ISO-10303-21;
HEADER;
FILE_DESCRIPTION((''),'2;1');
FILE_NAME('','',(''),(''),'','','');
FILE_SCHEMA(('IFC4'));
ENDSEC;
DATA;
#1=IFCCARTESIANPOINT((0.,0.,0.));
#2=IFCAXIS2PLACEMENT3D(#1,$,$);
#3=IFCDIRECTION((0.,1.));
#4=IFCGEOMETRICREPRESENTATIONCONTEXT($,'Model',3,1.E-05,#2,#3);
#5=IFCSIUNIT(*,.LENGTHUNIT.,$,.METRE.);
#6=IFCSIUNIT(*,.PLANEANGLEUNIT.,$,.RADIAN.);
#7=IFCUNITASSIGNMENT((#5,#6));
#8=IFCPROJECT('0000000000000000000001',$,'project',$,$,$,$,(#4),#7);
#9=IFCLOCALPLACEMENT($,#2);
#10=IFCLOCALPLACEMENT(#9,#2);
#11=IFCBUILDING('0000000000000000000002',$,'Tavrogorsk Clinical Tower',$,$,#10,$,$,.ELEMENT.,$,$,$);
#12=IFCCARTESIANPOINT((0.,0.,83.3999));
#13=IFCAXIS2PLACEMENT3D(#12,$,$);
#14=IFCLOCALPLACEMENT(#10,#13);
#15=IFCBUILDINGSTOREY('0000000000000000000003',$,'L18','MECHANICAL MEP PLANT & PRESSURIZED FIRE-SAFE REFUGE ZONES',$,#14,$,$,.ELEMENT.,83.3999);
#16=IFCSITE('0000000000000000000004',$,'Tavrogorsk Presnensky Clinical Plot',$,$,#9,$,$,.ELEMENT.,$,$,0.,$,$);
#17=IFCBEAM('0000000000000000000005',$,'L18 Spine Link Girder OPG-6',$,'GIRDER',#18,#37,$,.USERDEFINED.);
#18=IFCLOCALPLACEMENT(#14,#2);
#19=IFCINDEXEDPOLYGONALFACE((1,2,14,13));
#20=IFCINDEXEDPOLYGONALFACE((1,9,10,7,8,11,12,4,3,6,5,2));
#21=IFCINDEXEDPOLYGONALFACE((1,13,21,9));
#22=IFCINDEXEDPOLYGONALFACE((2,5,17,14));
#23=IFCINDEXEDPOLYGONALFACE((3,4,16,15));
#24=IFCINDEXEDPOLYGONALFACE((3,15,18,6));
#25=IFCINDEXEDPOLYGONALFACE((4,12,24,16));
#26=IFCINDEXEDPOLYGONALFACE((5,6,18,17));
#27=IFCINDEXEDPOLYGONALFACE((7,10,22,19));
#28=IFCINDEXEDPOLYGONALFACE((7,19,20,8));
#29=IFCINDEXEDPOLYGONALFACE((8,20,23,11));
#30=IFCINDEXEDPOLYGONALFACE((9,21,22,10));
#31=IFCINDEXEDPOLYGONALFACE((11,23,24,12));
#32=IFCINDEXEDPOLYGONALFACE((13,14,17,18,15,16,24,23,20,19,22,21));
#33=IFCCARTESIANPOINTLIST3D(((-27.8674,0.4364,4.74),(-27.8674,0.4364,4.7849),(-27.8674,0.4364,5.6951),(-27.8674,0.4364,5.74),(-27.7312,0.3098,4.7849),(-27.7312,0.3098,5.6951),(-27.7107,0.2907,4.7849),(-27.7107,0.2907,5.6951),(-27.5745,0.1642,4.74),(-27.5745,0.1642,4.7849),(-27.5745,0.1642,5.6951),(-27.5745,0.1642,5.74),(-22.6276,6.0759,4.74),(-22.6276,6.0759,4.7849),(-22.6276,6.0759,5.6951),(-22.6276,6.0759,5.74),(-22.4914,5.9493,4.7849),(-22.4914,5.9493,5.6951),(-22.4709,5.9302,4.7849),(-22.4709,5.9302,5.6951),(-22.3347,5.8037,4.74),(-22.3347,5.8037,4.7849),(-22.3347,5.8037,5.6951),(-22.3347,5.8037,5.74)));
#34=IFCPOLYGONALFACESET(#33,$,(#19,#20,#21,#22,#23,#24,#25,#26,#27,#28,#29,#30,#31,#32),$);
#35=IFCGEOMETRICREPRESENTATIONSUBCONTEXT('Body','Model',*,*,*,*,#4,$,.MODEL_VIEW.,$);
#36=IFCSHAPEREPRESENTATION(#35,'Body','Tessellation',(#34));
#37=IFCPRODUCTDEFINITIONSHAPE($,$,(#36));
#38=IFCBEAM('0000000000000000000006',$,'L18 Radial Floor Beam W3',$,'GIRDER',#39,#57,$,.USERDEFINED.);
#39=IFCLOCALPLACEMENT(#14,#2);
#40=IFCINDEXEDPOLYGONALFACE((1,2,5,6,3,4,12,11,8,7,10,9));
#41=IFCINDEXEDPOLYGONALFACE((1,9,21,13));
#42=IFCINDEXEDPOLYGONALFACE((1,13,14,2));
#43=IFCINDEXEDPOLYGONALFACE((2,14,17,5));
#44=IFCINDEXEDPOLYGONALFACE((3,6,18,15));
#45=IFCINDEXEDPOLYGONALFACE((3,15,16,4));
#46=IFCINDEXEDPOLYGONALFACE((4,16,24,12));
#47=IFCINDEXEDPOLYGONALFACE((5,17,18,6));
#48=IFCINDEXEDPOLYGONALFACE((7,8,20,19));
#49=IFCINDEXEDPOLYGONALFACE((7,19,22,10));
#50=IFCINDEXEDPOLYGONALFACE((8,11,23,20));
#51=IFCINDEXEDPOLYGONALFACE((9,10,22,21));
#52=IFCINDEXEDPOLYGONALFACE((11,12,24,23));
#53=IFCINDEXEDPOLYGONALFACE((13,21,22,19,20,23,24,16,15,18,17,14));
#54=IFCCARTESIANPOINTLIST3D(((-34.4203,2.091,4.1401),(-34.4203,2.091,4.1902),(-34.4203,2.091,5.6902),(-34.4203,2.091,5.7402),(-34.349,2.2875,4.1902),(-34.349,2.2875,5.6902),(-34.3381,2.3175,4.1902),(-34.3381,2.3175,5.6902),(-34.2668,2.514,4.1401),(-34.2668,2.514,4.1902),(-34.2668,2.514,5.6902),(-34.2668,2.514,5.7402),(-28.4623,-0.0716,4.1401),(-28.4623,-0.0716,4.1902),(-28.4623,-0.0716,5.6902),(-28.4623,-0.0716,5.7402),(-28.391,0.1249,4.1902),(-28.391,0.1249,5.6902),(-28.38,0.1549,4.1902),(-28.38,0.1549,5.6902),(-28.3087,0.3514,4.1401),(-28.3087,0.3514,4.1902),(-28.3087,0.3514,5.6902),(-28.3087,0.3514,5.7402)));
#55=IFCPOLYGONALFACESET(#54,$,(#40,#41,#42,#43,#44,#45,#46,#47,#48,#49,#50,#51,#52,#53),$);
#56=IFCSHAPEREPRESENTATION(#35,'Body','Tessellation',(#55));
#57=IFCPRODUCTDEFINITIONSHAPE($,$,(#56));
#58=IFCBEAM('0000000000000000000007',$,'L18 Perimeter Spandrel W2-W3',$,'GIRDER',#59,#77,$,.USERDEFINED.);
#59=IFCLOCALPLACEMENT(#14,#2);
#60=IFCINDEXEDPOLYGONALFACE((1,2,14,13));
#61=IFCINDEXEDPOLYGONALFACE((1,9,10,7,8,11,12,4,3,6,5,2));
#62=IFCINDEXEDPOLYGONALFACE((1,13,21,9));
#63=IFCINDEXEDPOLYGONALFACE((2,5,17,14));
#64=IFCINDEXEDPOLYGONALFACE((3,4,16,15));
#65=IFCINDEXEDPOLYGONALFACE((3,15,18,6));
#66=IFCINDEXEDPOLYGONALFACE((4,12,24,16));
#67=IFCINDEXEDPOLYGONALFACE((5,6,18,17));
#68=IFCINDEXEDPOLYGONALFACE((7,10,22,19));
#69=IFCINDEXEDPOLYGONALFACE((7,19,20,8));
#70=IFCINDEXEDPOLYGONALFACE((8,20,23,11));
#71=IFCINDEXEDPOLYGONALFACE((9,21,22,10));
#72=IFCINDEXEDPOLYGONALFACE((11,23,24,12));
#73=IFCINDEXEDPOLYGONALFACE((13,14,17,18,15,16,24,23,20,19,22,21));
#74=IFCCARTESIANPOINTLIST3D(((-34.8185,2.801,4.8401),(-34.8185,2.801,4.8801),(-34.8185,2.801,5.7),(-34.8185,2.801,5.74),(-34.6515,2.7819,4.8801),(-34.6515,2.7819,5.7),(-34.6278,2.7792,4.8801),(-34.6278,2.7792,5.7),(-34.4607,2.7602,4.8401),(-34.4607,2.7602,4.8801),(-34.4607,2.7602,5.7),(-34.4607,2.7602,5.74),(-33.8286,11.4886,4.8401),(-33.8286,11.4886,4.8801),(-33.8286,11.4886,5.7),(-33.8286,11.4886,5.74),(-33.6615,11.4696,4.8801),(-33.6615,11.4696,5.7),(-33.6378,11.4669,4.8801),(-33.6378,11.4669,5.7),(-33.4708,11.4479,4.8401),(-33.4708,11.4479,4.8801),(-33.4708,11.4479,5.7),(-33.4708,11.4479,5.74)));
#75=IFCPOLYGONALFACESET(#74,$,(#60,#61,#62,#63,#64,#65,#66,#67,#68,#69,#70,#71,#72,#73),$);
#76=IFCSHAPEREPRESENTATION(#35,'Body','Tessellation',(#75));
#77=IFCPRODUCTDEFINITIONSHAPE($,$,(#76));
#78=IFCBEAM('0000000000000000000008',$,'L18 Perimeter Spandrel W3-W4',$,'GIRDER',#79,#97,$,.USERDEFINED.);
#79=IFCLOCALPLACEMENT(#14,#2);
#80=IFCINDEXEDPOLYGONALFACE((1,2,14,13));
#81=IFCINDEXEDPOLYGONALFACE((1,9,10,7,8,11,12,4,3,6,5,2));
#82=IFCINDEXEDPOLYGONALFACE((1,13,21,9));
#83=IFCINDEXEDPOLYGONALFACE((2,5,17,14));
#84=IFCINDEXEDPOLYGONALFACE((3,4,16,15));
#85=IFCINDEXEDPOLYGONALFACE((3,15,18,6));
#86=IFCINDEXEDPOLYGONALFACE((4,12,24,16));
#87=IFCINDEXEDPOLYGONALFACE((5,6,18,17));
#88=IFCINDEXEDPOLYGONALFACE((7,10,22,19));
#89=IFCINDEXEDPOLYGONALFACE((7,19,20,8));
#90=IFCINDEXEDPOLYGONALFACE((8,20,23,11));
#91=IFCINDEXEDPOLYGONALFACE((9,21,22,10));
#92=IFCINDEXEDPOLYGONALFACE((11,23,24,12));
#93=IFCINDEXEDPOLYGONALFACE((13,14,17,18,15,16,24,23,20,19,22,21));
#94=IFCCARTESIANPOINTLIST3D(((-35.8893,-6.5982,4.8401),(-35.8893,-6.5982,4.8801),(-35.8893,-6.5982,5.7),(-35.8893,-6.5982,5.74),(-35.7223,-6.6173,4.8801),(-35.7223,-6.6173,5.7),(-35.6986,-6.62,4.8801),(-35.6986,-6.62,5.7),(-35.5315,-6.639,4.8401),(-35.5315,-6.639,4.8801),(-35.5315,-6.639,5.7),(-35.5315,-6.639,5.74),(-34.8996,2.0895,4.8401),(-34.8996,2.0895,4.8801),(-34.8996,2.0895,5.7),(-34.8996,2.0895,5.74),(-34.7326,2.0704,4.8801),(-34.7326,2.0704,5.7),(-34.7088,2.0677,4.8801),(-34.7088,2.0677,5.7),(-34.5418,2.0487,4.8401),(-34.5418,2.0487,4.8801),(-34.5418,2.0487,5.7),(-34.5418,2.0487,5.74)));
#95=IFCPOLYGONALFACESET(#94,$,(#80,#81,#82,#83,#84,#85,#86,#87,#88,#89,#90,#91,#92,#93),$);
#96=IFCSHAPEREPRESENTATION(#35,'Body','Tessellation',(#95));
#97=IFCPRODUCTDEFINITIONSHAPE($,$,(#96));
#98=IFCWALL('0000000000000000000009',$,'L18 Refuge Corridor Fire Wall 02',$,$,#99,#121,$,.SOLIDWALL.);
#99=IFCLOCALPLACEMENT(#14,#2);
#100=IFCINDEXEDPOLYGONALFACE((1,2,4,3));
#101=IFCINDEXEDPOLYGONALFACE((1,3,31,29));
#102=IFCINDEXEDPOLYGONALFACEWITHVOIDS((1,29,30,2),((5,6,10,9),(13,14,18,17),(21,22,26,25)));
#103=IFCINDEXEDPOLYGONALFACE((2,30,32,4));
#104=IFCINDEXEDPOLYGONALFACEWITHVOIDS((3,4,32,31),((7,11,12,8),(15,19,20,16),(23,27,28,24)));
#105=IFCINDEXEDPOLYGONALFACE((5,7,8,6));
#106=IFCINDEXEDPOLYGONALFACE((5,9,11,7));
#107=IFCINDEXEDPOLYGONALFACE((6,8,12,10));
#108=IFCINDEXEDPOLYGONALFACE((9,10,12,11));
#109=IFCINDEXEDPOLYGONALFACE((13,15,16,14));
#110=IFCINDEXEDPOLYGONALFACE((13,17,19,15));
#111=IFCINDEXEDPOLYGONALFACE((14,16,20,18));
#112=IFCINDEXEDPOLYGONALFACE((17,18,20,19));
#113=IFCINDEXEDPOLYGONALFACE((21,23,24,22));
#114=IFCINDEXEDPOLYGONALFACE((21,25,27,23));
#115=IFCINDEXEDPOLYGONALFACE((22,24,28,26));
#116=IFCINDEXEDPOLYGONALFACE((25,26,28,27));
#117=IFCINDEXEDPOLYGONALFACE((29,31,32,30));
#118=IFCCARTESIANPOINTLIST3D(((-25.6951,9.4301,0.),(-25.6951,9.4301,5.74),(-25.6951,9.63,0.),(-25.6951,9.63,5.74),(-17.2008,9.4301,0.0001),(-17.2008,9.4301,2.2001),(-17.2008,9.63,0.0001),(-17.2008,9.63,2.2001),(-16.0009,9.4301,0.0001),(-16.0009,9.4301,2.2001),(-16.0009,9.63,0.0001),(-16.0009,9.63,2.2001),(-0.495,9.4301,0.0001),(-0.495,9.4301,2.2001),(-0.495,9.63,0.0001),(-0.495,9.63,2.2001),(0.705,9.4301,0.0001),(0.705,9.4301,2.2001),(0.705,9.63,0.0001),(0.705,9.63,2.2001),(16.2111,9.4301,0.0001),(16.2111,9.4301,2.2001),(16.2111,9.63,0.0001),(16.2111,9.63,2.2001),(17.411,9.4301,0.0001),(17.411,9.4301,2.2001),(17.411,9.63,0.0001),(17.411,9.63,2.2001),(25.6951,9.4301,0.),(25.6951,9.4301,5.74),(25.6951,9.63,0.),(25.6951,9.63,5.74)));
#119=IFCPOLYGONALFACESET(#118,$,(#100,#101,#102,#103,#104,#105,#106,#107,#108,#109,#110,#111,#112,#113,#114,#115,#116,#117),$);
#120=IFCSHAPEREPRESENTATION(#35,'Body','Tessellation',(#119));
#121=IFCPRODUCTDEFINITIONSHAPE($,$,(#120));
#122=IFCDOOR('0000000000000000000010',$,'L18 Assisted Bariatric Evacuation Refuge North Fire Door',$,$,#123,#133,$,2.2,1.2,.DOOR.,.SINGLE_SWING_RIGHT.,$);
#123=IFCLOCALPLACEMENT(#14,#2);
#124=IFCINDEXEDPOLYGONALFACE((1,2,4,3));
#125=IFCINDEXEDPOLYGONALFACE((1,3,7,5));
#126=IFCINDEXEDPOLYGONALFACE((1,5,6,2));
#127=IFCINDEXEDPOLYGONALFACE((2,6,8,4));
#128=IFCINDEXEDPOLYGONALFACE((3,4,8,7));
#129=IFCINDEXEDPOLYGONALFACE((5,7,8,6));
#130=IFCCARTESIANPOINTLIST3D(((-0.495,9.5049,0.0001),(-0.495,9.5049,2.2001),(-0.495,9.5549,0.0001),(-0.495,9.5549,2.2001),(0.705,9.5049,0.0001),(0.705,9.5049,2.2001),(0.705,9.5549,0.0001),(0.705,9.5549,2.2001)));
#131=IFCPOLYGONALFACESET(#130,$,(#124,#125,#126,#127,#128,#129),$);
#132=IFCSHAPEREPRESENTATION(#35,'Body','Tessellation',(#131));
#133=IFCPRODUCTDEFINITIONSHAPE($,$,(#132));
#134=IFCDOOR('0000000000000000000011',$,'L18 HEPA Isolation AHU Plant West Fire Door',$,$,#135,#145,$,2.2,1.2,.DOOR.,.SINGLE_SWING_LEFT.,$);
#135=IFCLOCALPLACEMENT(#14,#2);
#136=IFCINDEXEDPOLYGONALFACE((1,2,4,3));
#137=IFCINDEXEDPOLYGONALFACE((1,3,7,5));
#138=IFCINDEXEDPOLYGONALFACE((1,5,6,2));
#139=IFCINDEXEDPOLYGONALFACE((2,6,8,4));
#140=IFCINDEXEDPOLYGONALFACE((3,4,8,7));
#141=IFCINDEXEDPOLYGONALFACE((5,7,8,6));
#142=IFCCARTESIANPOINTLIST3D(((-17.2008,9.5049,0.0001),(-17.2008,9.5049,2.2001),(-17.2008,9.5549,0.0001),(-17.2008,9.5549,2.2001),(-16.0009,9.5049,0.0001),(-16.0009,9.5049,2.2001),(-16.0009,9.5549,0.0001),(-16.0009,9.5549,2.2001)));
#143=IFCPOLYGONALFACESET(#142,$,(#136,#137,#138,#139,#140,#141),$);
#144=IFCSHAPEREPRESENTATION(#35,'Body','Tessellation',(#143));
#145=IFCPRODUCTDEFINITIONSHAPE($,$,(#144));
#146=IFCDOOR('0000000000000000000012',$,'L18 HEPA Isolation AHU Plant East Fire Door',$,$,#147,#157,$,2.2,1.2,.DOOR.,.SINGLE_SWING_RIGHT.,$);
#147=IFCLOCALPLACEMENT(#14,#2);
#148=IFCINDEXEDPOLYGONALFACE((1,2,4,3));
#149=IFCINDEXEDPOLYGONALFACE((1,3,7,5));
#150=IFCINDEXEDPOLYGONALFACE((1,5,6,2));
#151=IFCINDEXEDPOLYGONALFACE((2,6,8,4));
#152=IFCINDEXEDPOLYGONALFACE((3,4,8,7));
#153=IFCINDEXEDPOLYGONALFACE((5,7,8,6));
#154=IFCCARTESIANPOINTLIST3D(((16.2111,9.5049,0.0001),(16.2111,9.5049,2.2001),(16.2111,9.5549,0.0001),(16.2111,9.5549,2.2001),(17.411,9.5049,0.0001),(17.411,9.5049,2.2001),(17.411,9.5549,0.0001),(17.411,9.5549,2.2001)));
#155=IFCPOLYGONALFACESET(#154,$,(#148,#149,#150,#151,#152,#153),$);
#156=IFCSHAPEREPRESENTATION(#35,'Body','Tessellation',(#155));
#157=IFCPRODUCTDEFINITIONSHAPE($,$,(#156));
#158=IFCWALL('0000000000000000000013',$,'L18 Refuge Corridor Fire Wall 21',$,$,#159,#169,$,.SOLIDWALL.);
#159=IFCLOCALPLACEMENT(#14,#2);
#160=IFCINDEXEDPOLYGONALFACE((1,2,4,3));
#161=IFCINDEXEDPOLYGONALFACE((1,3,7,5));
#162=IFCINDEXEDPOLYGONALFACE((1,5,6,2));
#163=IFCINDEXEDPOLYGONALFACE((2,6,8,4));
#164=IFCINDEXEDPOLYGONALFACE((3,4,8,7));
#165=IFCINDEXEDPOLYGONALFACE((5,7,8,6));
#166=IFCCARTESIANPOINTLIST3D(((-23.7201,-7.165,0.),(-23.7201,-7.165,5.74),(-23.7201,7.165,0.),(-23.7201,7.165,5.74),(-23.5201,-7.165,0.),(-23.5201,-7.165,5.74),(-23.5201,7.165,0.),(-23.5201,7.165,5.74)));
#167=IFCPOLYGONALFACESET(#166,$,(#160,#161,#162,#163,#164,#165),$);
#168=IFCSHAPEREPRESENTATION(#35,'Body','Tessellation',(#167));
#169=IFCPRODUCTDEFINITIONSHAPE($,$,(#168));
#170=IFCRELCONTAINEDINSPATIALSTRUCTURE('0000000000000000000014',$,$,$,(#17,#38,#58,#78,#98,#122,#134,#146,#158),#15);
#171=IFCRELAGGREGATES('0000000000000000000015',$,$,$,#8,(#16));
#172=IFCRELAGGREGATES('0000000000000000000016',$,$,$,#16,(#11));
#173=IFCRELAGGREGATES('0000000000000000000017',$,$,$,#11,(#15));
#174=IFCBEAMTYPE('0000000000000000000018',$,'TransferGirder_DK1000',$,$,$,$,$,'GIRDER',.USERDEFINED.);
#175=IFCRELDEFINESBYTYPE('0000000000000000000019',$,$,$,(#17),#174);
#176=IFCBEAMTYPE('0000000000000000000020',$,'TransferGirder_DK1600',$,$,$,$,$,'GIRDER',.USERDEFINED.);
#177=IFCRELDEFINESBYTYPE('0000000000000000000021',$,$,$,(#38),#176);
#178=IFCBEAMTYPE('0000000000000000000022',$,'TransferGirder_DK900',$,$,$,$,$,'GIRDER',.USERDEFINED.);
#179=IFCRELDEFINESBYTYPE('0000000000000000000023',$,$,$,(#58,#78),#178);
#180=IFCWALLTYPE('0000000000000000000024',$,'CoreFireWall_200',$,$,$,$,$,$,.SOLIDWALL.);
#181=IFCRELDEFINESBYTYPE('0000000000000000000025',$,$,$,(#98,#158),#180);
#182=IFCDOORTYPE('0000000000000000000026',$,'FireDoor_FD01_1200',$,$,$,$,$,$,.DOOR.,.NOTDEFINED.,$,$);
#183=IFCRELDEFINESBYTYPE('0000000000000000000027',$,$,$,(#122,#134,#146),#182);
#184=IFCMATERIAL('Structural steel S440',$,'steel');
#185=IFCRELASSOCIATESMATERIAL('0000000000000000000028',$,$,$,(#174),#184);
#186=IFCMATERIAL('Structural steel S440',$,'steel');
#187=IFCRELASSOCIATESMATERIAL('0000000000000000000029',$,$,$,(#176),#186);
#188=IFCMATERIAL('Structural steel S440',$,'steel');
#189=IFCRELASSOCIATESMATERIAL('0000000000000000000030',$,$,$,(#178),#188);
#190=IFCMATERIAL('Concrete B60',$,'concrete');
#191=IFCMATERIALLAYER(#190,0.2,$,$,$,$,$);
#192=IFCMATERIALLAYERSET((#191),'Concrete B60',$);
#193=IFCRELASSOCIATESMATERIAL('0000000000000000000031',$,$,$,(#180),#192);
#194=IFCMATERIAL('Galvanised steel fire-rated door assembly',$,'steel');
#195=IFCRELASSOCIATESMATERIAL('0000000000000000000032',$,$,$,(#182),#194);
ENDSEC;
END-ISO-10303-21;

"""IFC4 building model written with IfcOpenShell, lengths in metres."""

from ifc_helpers import new_model, si_unit, direction, frame, frame_2d, origin, origin_2d, place, context, subcontext, project, spatial, rectangle, i_section, extrude, material, layer, layer_set, material_profile, profile_set, type_object, element, fill, save


model = new_model("IFC4")

# Units and contexts
model_context = context("Model", 3, precision=1e-05, world=origin(), true_north=direction((0.0, 1.0)))
body_context = subcontext(model_context, "Body", "Model", "MODEL_VIEW")
ifc_project = project(units=[si_unit("LENGTHUNIT", "METRE"), si_unit("PLANEANGLEUNIT", "RADIAN")], contexts=[model_context])

# Site, building, storey
site_placement = place(None, origin())
site = spatial("IfcSite", under=ifc_project, at=site_placement, Name="Tavrogorsk Presnensky Clinical Plot", CompositionType="ELEMENT", RefElevation=0.0)
building_placement = place(site_placement, origin())
building = spatial("IfcBuilding", under=site, at=building_placement, Name="Tavrogorsk Clinical Tower", CompositionType="ELEMENT")
storey_placement = place(building_placement, frame((0.0, 0.0, 83.3999)))
storey = spatial("IfcBuildingStorey", under=building, at=storey_placement, Name="L18", Description="MECHANICAL MEP PLANT & PRESSURIZED FIRE-SAFE REFUGE ZONES", CompositionType="ELEMENT", Elevation=83.3999)

# Beams
ifc_material_1 = material(Name="Structural steel S440", Category="steel")
ifc_material_profile_1 = material_profile(ifc_material_1, i_section(OverallWidth=0.3999, OverallDepth=1.0, WebThickness=0.0281, FlangeThickness=0.0449, at=origin_2d()), Name="DK-1000x400x28x45")
ifc_profile_set_1 = profile_set([ifc_material_profile_1], Name="Structural steel S440")
beam_type_1 = type_object("IfcBeamType", Name="TransferGirder_DK1000", ElementType="GIRDER", PredefinedType="USERDEFINED", material=ifc_profile_set_1)
beam_1_placement = place(storey_placement, frame((-27.7209, 0.3003, 5.24), z_axis=(0.680671, 0.732589, 0.0), x_axis=(-0.732589, 0.680671, 0.0)))
element("IfcBeam", 1, at=beam_1_placement, inside=storey, type_object=beam_type_1, Name="L18 Spine Link Girder OPG-6", ObjectType="GIRDER", PredefinedType="USERDEFINED", context=body_context, shape_type="SweptSolid", body=[
    extrude(i_section(OverallWidth=0.3999, OverallDepth=1.0, WebThickness=0.0281, FlangeThickness=0.0449, at=origin_2d()), origin(), (0.0, 0.0, 1.0), 7.698),
])
ifc_material_2 = material(Name="Structural steel S440", Category="steel")
ifc_material_profile_2 = material_profile(ifc_material_2, i_section(OverallWidth=0.45, OverallDepth=1.6001, WebThickness=0.032, FlangeThickness=0.05, at=origin_2d()), Name="DK-1600x450x32x50")
ifc_profile_set_2 = profile_set([ifc_material_profile_2], Name="Structural steel S440")
beam_type_2 = type_object("IfcBeamType", Name="TransferGirder_DK1600", ElementType="GIRDER", PredefinedType="USERDEFINED", material=ifc_profile_set_2)
beam_2_placement = place(storey_placement, frame((-28.3855, 0.1399, 4.9402), z_axis=(-0.939993, 0.341193, 0.0), x_axis=(-0.341193, -0.939993, 0.0)))
element("IfcBeam", 2, at=beam_2_placement, inside=storey, type_object=beam_type_2, Name="L18 Radial Floor Beam W3", ObjectType="GIRDER", PredefinedType="USERDEFINED", context=body_context, shape_type="SweptSolid", body=[
    extrude(i_section(OverallWidth=0.45, OverallDepth=1.6001, WebThickness=0.032, FlangeThickness=0.05, at=origin_2d()), origin(), (0.0, 0.0, 1.0), 6.3384),
])
ifc_material_3 = material(Name="Structural steel S440", Category="steel")
ifc_material_profile_3 = material_profile(ifc_material_3, i_section(OverallWidth=0.3601, OverallDepth=0.8999, WebThickness=0.0239, FlangeThickness=0.04, at=origin_2d()), Name="DK-900x360x24x40")
ifc_profile_set_3 = profile_set([ifc_material_profile_3], Name="Structural steel S440")
beam_type_3 = type_object("IfcBeamType", Name="TransferGirder_DK900", ElementType="GIRDER", PredefinedType="USERDEFINED", material=ifc_profile_set_3)
for number, where, z_axis, x_axis, name in (
    (3, (-33.6497, 11.4683, 5.29), (-0.11322, -0.99357, 0.0), (0.99357, -0.11322, 0.0), "L18 Perimeter Spandrel W2-W3"),
    (4, (-34.7207, 2.0691, 5.29), (-0.113192, -0.993573, 0.0), (0.993573, -0.113192, 0.0), "L18 Perimeter Spandrel W3-W4"),
):
    element("IfcBeam", number, at=place(storey_placement, frame(where, z_axis=z_axis, x_axis=x_axis)), inside=storey, type_object=beam_type_3, Name=name, ObjectType="GIRDER", PredefinedType="USERDEFINED", context=body_context, shape_type="SweptSolid", body=[
        extrude(i_section(OverallWidth=0.3601, OverallDepth=0.8999, WebThickness=0.0239, FlangeThickness=0.04, at=origin_2d()), origin(), (0.0, 0.0, 1.0), 8.7439),
    ])

# Wall, openings, doors
ifc_material_4 = material(Name="Concrete B60", Category="concrete")
ifc_layer_1 = layer(ifc_material_4, 0.2)
ifc_layer_set_1 = layer_set([ifc_layer_1], Name="Concrete B60")
wall_type_1 = type_object("IfcWallType", Name="CoreFireWall_200", PredefinedType="SOLIDWALL", material=ifc_layer_set_1)
wall_1_placement = place(storey_placement, frame((-25.6951, 9.53, 0.0), z_axis=(0.0, 0.0, 1.0), x_axis=(1.0, 0.0, 0.0)))
wall_1 = element("IfcWall", 5, at=wall_1_placement, inside=storey, type_object=wall_type_1, Name="L18 Refuge Corridor Fire Wall 02", PredefinedType="SOLIDWALL", context=body_context, shape_type="SweptSolid", body=[
    extrude(rectangle(XDim=51.3901, YDim=0.2, at=frame_2d((25.6951, 0.0))), origin(), (0.0, 0.0, 1.0), 5.74),
])
opening_1_placement = place(wall_1_placement, frame((25.2, 0.0, 0.0)))
opening_1 = element("IfcOpeningElement", 6, at=opening_1_placement, cuts=wall_1, PredefinedType="OPENING", context=body_context, shape_type="SweptSolid", body=[
    extrude(rectangle(XDim=1.2, YDim=2.2, at=frame_2d((0.6001, 1.1001))), frame((0.0, 0.1099, 0.0), z_axis=(0.0, -1.0, 0.0), x_axis=(1.0, 0.0, 0.0)), (0.0, 0.0, 1.0), 0.22),
])
opening_2_placement = place(wall_1_placement, frame((8.4941, 0.0, 0.0)))
opening_2 = element("IfcOpeningElement", 7, at=opening_2_placement, cuts=wall_1, PredefinedType="OPENING", context=body_context, shape_type="SweptSolid", body=[
    extrude(rectangle(XDim=1.2, YDim=2.2, at=frame_2d((0.6001, 1.1001))), frame((0.0, 0.1099, 0.0), z_axis=(0.0, -1.0, 0.0), x_axis=(1.0, 0.0, 0.0)), (0.0, 0.0, 1.0), 0.22),
])
opening_3_placement = place(wall_1_placement, frame((41.906, 0.0, 0.0)))
opening_3 = element("IfcOpeningElement", 8, at=opening_3_placement, cuts=wall_1, PredefinedType="OPENING", context=body_context, shape_type="SweptSolid", body=[
    extrude(rectangle(XDim=1.2, YDim=2.2, at=frame_2d((0.6001, 1.1001))), frame((0.0, 0.1099, 0.0), z_axis=(0.0, -1.0, 0.0), x_axis=(1.0, 0.0, 0.0)), (0.0, 0.0, 1.0), 0.22),
])
ifc_material_5 = material(Name="Galvanised steel fire-rated door assembly", Category="steel")
door_type = type_object("IfcDoorType", Name="FireDoor_FD01_1200", OperationType="NOTDEFINED", PredefinedType="DOOR", material=ifc_material_5)
door_1_placement = place(opening_1_placement, origin())
door_1 = element("IfcDoor", 9, at=door_1_placement, inside=storey, type_object=door_type, Name="L18 Assisted Bariatric Evacuation Refuge North Fire Door", OperationType="SINGLE_SWING_RIGHT", OverallHeight=2.2, OverallWidth=1.2, PredefinedType="DOOR", context=body_context, shape_type="SweptSolid", body=[
    extrude(rectangle(XDim=1.2, YDim=2.2, at=frame_2d((0.6001, 1.1001))), frame((0.0, 0.0249, 0.0), z_axis=(0.0, -1.0, 0.0), x_axis=(1.0, 0.0, 0.0)), (0.0, 0.0, 1.0), 0.05),
])
fill(opening_1, door_1)
door_2_placement = place(opening_2_placement, origin())
door_2 = element("IfcDoor", 10, at=door_2_placement, inside=storey, type_object=door_type, Name="L18 HEPA Isolation AHU Plant West Fire Door", OperationType="SINGLE_SWING_LEFT", OverallHeight=2.2, OverallWidth=1.2, PredefinedType="DOOR", context=body_context, shape_type="SweptSolid", body=[
    extrude(rectangle(XDim=1.2, YDim=2.2, at=frame_2d((0.6001, 1.1001))), frame((0.0, 0.0249, 0.0), z_axis=(0.0, -1.0, 0.0), x_axis=(1.0, 0.0, 0.0)), (0.0, 0.0, 1.0), 0.05),
])
fill(opening_2, door_2)
door_3_placement = place(opening_3_placement, origin())
door_3 = element("IfcDoor", 11, at=door_3_placement, inside=storey, type_object=door_type, Name="L18 HEPA Isolation AHU Plant East Fire Door", OperationType="SINGLE_SWING_RIGHT", OverallHeight=2.2, OverallWidth=1.2, PredefinedType="DOOR", context=body_context, shape_type="SweptSolid", body=[
    extrude(rectangle(XDim=1.2, YDim=2.2, at=frame_2d((0.6001, 1.1001))), frame((0.0, 0.0249, 0.0), z_axis=(0.0, -1.0, 0.0), x_axis=(1.0, 0.0, 0.0)), (0.0, 0.0, 1.0), 0.05),
])
fill(opening_3, door_3)

# Wall
wall_2_placement = place(storey_placement, frame((-23.6201, 7.165, 0.0), z_axis=(0.0, 0.0, 1.0), x_axis=(0.0, -1.0, 0.0)))
element("IfcWall", 12, at=wall_2_placement, inside=storey, type_object=wall_type_1, Name="L18 Refuge Corridor Fire Wall 21", PredefinedType="SOLIDWALL", context=body_context, shape_type="SweptSolid", body=[
    extrude(rectangle(XDim=14.3301, YDim=0.2, at=frame_2d((7.165, 0.0))), origin(), (0.0, 0.0, 1.0), 5.74),
])

save(model, "model.ifc")
